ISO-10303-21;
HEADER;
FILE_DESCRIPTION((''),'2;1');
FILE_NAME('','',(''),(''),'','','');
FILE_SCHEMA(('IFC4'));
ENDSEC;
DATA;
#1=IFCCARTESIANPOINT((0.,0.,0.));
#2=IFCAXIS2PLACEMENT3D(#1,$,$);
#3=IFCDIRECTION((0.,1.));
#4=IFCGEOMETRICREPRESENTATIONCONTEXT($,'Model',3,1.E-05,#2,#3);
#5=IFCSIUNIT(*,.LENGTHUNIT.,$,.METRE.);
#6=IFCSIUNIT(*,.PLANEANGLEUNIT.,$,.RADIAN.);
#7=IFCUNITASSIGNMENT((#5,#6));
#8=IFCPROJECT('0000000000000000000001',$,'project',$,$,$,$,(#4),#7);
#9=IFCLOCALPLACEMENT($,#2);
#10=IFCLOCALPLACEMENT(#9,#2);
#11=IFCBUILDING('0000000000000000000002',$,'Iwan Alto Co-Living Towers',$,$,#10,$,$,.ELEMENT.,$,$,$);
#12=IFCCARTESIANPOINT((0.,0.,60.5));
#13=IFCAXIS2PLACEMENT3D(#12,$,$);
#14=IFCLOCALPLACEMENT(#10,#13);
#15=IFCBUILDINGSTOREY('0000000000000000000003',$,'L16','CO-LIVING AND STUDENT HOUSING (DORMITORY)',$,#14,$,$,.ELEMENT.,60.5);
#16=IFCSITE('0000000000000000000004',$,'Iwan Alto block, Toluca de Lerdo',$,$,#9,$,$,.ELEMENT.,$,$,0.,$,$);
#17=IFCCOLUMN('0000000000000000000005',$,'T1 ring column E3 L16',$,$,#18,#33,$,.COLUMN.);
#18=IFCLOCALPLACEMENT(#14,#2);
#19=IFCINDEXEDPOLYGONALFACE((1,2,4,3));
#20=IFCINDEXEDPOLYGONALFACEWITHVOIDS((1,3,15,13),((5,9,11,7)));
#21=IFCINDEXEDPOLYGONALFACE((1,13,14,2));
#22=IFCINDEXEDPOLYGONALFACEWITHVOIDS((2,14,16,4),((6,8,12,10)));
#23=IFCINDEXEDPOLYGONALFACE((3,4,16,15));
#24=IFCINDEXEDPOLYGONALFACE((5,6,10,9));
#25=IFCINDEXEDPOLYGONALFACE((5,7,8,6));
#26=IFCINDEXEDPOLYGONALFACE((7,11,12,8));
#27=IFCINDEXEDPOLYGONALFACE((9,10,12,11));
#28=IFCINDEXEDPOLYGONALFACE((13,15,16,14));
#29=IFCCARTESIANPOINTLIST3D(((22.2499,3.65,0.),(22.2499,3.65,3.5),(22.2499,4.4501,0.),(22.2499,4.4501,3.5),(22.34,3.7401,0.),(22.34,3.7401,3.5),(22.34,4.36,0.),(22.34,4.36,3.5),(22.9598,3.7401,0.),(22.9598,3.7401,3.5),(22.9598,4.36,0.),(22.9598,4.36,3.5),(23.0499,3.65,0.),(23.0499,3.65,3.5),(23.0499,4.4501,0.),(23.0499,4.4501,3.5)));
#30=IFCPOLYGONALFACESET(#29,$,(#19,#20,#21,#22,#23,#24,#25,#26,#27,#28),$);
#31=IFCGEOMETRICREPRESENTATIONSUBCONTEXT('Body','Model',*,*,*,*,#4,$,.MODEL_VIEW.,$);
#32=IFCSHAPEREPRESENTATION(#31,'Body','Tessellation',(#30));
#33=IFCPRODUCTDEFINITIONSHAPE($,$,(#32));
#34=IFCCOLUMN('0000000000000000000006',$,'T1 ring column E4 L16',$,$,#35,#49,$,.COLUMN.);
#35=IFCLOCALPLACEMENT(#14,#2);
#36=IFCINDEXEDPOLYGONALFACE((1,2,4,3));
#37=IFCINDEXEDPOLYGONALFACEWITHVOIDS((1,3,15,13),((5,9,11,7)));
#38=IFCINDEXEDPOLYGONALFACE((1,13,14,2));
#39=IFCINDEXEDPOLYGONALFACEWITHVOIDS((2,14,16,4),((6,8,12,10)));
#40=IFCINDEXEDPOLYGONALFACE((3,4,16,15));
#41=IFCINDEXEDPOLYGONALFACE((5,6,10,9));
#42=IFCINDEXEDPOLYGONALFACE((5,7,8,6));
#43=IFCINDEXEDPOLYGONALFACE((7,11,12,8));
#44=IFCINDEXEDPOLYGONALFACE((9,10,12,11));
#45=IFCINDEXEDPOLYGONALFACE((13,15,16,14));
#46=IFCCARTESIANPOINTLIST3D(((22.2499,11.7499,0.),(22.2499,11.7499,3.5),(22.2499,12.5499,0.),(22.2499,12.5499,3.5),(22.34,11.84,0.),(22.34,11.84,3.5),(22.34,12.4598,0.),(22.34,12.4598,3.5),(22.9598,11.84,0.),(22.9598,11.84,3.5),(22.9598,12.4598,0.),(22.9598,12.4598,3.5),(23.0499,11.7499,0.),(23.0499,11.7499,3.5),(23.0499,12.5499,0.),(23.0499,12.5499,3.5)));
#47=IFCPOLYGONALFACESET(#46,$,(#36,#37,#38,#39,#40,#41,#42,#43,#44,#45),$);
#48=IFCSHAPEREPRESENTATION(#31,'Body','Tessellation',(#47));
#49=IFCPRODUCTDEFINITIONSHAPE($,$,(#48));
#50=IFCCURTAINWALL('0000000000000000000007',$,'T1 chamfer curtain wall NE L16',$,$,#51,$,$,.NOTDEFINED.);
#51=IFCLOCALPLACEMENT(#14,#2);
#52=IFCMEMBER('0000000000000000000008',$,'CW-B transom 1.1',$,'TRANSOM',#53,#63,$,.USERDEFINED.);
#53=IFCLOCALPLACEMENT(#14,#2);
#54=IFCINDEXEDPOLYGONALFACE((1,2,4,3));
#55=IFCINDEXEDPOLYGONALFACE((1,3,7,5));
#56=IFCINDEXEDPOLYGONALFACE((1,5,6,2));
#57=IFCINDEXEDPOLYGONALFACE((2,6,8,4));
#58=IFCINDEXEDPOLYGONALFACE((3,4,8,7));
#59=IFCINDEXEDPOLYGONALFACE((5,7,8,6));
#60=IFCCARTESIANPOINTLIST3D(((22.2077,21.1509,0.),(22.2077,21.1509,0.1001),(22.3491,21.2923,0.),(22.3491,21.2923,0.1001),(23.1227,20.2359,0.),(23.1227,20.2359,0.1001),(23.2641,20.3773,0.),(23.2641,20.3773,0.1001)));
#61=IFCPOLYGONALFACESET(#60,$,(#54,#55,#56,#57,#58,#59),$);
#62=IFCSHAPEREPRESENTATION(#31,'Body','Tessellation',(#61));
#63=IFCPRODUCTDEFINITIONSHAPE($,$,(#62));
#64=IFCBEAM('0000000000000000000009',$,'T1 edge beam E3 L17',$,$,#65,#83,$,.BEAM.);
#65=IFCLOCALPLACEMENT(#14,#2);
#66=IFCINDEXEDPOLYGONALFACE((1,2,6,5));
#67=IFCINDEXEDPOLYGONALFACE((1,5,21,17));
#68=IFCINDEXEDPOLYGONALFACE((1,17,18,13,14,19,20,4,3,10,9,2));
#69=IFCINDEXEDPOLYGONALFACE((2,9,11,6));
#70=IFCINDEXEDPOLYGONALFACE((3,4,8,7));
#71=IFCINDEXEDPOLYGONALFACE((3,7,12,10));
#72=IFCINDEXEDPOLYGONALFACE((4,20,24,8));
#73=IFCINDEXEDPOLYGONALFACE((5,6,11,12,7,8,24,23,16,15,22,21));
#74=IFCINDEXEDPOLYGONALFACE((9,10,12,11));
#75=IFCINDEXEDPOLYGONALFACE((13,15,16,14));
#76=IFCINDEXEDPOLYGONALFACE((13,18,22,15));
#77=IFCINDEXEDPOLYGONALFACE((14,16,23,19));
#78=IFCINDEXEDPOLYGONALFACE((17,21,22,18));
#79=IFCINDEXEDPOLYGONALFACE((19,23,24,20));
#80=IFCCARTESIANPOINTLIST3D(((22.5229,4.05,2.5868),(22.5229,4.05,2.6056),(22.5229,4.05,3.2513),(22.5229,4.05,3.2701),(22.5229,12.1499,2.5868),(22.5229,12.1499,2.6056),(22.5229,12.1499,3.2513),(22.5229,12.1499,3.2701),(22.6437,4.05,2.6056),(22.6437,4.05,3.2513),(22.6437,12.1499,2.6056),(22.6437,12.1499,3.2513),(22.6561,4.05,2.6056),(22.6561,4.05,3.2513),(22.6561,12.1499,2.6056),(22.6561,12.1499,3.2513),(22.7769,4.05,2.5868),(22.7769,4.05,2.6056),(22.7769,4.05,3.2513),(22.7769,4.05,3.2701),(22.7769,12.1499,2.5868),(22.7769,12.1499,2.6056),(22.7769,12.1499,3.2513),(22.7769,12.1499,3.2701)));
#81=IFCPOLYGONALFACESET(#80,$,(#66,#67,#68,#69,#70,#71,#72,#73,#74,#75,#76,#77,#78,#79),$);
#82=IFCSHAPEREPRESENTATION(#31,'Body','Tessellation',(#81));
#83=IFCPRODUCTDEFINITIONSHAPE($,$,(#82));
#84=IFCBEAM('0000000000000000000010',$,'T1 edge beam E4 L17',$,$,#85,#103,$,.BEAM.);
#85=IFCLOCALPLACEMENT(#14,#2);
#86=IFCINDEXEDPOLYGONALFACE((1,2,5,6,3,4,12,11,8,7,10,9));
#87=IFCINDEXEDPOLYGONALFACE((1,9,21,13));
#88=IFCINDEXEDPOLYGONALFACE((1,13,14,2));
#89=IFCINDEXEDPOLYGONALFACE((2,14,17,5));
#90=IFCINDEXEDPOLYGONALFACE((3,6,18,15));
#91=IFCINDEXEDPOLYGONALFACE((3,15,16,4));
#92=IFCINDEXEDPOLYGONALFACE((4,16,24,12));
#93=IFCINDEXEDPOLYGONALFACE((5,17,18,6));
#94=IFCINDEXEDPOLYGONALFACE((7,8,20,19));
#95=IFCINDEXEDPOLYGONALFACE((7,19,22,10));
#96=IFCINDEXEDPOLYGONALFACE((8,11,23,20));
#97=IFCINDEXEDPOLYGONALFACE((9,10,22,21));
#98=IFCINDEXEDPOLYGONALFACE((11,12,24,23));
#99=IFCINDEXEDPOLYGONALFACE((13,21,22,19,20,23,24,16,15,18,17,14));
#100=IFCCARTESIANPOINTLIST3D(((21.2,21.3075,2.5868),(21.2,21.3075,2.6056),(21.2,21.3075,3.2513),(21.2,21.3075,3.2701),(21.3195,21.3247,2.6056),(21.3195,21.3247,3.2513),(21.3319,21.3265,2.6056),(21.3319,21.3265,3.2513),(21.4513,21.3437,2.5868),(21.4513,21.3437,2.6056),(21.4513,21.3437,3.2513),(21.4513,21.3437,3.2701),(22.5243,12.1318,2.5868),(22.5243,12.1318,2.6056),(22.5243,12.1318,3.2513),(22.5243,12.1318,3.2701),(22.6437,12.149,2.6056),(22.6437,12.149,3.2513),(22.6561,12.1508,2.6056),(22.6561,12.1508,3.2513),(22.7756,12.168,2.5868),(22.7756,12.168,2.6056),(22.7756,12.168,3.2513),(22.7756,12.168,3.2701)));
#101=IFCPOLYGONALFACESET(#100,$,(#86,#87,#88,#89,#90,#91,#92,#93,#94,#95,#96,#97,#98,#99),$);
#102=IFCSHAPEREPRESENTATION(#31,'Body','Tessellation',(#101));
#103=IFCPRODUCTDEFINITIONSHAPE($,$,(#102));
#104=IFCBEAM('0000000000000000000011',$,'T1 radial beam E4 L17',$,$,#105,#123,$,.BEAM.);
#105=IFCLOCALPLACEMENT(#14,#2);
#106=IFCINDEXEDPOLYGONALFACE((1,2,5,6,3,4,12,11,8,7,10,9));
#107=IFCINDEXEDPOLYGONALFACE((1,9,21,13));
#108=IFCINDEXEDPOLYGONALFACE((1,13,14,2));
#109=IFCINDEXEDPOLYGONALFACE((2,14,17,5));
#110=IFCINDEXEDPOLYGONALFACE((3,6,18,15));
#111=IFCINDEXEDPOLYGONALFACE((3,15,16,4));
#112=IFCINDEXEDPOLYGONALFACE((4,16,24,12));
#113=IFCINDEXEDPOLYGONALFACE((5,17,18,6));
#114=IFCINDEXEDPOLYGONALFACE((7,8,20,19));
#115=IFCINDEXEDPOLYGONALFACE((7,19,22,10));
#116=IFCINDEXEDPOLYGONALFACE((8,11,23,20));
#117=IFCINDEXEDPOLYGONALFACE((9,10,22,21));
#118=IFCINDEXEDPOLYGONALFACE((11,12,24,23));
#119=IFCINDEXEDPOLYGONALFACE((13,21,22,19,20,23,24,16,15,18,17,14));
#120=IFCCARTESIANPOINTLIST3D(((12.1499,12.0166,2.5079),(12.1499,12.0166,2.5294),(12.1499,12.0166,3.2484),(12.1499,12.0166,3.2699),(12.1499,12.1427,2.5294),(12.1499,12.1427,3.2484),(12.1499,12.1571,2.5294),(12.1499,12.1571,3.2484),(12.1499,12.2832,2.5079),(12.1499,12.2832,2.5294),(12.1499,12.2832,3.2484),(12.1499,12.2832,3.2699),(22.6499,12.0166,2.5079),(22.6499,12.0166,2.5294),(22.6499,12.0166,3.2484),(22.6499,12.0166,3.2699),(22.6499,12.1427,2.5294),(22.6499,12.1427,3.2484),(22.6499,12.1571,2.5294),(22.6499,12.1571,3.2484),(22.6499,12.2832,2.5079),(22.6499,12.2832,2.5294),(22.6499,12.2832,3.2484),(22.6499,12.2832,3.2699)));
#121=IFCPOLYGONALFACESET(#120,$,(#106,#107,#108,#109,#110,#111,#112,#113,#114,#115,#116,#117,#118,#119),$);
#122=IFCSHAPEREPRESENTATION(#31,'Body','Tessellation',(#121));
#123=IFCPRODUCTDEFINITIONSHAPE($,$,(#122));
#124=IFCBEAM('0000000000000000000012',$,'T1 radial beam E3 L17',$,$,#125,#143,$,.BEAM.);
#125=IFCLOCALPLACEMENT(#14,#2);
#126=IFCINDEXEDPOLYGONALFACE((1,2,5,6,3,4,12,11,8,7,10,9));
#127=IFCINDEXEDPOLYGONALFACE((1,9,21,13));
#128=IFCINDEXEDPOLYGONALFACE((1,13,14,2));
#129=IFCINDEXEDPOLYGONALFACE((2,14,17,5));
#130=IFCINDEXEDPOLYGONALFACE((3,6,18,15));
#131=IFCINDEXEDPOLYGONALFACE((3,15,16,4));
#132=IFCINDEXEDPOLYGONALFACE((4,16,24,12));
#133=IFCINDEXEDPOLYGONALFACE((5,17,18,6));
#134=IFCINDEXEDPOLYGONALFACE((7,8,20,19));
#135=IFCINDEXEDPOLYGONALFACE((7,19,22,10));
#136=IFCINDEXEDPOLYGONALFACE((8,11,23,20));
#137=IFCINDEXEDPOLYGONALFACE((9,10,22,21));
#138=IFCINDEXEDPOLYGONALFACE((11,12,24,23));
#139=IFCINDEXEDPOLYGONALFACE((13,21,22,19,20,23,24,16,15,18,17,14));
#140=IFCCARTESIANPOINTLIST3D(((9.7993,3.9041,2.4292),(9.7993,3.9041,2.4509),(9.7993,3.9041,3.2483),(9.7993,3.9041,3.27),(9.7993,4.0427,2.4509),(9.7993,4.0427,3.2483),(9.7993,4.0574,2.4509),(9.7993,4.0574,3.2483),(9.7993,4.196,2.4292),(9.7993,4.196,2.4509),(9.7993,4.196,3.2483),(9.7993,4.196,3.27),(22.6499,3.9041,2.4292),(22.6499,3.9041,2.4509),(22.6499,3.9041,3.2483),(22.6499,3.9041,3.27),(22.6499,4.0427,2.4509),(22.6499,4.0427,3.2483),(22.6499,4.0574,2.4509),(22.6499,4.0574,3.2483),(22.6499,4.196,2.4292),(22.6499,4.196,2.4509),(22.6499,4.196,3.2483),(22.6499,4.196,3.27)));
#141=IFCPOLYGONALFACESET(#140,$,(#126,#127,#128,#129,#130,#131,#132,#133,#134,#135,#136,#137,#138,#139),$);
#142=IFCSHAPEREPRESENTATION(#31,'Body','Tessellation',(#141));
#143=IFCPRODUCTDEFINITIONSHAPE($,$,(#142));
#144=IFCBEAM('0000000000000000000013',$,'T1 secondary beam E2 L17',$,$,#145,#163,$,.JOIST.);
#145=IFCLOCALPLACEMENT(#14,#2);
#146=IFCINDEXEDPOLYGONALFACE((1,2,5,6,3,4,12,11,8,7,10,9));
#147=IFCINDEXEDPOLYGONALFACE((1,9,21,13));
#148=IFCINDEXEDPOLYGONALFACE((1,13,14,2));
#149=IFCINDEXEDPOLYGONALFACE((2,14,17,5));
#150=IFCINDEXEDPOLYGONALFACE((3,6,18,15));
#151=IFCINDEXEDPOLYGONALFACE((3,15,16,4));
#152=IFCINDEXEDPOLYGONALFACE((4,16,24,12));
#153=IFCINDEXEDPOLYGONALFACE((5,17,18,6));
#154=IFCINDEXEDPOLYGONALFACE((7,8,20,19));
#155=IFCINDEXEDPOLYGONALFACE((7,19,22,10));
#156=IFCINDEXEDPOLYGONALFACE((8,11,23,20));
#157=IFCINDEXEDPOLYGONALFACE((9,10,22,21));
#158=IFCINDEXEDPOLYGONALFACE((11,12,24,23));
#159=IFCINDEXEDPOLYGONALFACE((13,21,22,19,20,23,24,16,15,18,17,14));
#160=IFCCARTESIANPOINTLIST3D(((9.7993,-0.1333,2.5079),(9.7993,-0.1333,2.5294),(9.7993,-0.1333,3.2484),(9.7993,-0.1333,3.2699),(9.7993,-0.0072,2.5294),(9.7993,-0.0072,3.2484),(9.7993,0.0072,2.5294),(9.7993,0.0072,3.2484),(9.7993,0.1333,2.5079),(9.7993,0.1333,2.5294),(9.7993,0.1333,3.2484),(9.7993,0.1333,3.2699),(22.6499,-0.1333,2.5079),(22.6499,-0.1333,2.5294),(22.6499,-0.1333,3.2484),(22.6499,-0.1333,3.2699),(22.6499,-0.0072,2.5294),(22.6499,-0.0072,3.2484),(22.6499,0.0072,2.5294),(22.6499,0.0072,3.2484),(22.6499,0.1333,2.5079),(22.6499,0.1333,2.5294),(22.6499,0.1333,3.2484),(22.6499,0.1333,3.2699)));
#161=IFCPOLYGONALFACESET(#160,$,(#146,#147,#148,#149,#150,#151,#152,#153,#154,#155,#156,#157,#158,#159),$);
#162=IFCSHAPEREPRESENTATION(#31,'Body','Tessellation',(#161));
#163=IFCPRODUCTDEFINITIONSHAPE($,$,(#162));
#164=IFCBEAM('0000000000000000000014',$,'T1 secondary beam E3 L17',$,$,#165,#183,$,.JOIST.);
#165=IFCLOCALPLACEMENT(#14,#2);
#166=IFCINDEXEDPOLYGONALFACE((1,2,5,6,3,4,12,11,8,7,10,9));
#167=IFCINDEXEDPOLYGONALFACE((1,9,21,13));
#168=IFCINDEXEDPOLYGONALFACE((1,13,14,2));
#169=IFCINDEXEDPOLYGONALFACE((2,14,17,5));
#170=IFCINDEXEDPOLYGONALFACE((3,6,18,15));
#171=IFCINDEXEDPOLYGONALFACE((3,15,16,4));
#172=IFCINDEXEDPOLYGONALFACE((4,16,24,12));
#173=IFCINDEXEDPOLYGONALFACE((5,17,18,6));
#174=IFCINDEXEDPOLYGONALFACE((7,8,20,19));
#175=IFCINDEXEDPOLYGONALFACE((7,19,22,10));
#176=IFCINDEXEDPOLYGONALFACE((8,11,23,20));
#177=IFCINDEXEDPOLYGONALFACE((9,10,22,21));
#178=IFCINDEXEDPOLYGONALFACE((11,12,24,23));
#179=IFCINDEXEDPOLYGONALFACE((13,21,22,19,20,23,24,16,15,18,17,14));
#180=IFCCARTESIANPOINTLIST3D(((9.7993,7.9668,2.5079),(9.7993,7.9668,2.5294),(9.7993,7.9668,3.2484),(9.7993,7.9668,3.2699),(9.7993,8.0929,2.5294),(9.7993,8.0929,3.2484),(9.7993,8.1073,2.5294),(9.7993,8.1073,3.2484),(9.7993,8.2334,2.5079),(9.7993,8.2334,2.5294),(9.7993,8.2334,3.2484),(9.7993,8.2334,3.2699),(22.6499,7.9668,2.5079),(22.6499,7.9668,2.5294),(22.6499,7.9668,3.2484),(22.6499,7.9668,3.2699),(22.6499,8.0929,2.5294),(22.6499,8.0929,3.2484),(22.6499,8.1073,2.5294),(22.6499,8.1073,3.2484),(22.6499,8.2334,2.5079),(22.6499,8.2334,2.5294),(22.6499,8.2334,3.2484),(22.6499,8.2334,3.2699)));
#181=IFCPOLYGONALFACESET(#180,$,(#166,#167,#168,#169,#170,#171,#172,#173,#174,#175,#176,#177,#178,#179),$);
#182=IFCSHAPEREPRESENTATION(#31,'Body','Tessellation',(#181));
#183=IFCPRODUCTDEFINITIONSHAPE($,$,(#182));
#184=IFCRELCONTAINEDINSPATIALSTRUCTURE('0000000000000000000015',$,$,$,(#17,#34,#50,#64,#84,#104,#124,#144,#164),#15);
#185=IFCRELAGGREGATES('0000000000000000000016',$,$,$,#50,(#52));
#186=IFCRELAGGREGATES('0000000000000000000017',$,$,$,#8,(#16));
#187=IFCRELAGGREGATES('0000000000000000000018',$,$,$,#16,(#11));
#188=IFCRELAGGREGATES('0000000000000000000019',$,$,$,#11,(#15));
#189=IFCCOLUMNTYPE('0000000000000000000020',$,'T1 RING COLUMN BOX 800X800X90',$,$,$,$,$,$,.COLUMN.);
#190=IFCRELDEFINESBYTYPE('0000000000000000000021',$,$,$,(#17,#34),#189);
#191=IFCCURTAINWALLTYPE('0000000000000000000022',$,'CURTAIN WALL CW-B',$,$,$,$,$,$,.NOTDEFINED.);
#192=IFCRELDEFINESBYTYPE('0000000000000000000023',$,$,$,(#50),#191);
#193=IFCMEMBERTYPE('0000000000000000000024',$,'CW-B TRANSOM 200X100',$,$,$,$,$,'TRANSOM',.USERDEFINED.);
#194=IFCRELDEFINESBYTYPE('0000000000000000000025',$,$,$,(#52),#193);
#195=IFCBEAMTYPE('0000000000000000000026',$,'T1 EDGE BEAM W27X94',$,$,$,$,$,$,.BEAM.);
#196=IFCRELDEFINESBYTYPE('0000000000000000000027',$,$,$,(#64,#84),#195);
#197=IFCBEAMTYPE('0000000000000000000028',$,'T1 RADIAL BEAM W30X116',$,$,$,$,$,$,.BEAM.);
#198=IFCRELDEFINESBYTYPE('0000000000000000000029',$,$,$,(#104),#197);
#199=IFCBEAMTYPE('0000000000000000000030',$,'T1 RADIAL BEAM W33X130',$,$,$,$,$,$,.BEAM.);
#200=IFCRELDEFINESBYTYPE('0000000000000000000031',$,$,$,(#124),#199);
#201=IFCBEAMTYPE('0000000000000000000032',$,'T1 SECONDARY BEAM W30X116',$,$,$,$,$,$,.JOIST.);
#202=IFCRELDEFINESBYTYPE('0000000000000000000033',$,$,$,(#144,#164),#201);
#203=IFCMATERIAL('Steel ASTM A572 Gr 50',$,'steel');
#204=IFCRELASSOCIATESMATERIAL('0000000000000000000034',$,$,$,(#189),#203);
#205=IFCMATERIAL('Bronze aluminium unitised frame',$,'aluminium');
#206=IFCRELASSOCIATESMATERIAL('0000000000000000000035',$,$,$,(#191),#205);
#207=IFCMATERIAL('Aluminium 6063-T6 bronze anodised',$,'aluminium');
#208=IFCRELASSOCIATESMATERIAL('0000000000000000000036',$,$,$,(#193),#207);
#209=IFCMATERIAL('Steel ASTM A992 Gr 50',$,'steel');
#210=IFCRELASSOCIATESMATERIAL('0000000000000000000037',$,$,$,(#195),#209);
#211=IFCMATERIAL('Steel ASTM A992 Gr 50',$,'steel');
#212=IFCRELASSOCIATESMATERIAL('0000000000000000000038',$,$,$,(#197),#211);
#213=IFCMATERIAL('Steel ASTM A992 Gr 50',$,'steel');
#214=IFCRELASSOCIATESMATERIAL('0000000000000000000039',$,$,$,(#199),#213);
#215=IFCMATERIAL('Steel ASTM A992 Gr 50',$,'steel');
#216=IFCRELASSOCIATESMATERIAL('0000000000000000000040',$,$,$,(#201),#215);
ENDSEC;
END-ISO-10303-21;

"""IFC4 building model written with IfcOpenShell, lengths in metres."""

from ifc_helpers import new_model, si_unit, direction, frame, origin, origin_2d, place, context, subcontext, project, spatial, rectangle, hollow_rectangle, i_section, extrude, material, material_profile, profile_set, type_object, element, aggregate, save


model = new_model("IFC4")

# Units and contexts
model_context = context("Model", 3, precision=1e-05, world=origin(), true_north=direction((0.0, 1.0)))
body_context = subcontext(model_context, "Body", "Model", "MODEL_VIEW")
ifc_project = project(units=[si_unit("LENGTHUNIT", "METRE"), si_unit("PLANEANGLEUNIT", "RADIAN")], contexts=[model_context])

# Site, building, storey
site_placement = place(None, origin())
site = spatial("IfcSite", under=ifc_project, at=site_placement, Name="Iwan Alto block, Toluca de Lerdo", CompositionType="ELEMENT", RefElevation=0.0)
building_placement = place(site_placement, origin())
building = spatial("IfcBuilding", under=site, at=building_placement, Name="Iwan Alto Co-Living Towers", CompositionType="ELEMENT")
storey_placement = place(building_placement, frame((0.0, 0.0, 60.5)))
storey = spatial("IfcBuildingStorey", under=building, at=storey_placement, Name="L16", Description="CO-LIVING AND STUDENT HOUSING (DORMITORY)", CompositionType="ELEMENT", Elevation=60.5)

# Columns
ifc_material_1 = material(Name="Steel ASTM A572 Gr 50", Category="steel")
ifc_material_profile_1 = material_profile(ifc_material_1, hollow_rectangle(XDim=0.8, YDim=0.8, WallThickness=0.0901, at=origin_2d()), Name="BOX 800X800X90")
ifc_profile_set_1 = profile_set([ifc_material_profile_1], Name="Steel ASTM A572 Gr 50")
column_type = type_object("IfcColumnType", Name="T1 RING COLUMN BOX 800X800X90", PredefinedType="COLUMN", material=ifc_profile_set_1)
for number, where, z_axis, x_axis, name in (
    (1, (22.6499, 4.05, 0.0), (0.0, 0.0, 1.0), (1.0, 0.0, 0.0), "T1 ring column E3 L16"),
    (2, (22.6499, 12.1499, 0.0), (0.0, 0.0, 1.0), (1.0, 0.0, 0.0), "T1 ring column E4 L16"),
):
    element("IfcColumn", number, at=place(storey_placement, frame(where, z_axis=z_axis, x_axis=x_axis)), inside=storey, type_object=column_type, Name=name, PredefinedType="COLUMN", context=body_context, shape_type="SweptSolid", body=[
        extrude(hollow_rectangle(XDim=0.8, YDim=0.8, WallThickness=0.0901, at=origin_2d()), origin(), (0.0, 0.0, 1.0), 3.5),
    ])

# Curtain wall, member
ifc_material_2 = material(Name="Bronze aluminium unitised frame", Category="aluminium")
curtain_wall_type = type_object("IfcCurtainWallType", Name="CURTAIN WALL CW-B", PredefinedType="NOTDEFINED", material=ifc_material_2)
curtain_wall_placement = place(storey_placement, origin())
curtain_wall = element("IfcCurtainWall", 3, at=curtain_wall_placement, inside=storey, type_object=curtain_wall_type, Name="T1 chamfer curtain wall NE L16", PredefinedType="NOTDEFINED")
ifc_material_3 = material(Name="Aluminium 6063-T6 bronze anodised", Category="aluminium")
ifc_material_profile_2 = material_profile(ifc_material_3, rectangle(XDim=0.2, YDim=0.1001, at=origin_2d()), Name="AL 200X100")
ifc_profile_set_2 = profile_set([ifc_material_profile_2], Name="Aluminium 6063-T6 bronze anodised")
member_type = type_object("IfcMemberType", Name="CW-B TRANSOM 200X100", ElementType="TRANSOM", PredefinedType="USERDEFINED", material=ifc_profile_set_2)
member_placement = place(storey_placement, frame((23.1934, 20.3066, 0.05), z_axis=(-0.707107, 0.707107, 0.0), x_axis=(-0.707107, -0.707107, 0.0)))
member = element("IfcMember", 4, at=member_placement, type_object=member_type, Name="CW-B transom 1.1", ObjectType="TRANSOM", PredefinedType="USERDEFINED", context=body_context, shape_type="SweptSolid", body=[
    extrude(rectangle(XDim=0.2, YDim=0.1001, at=origin_2d()), origin(), (0.0, 0.0, 1.0), 1.2939),
])

# Beams
ifc_material_4 = material(Name="Steel ASTM A992 Gr 50", Category="steel")
ifc_material_profile_3 = material_profile(ifc_material_4, i_section(OverallWidth=0.2539, OverallDepth=0.6833, WebThickness=0.0125, FlangeThickness=0.0188, at=origin_2d()), Name="W27X94")
ifc_profile_set_3 = profile_set([ifc_material_profile_3], Name="Steel ASTM A992 Gr 50")
beam_type_1 = type_object("IfcBeamType", Name="T1 EDGE BEAM W27X94", PredefinedType="BEAM", material=ifc_profile_set_3)
beam_1_placement = place(storey_placement, frame((22.6499, 4.05, 2.9285), z_axis=(0.0, 1.0, 0.0), x_axis=(-1.0, 0.0, 0.0)))
element("IfcBeam", 5, at=beam_1_placement, inside=storey, type_object=beam_type_1, Name="T1 edge beam E3 L17", PredefinedType="BEAM", context=body_context, shape_type="SweptSolid", body=[
    extrude(i_section(OverallWidth=0.2539, OverallDepth=0.6833, WebThickness=0.0125, FlangeThickness=0.0188, at=origin_2d()), origin(), (0.0, 0.0, 1.0), 8.0999),
])
beam_2_placement = place(storey_placement, frame((22.6499, 12.1499, 2.9285), z_axis=(-0.142837, 0.989746, 0.0), x_axis=(-0.989746, -0.142837, 0.0)))
element("IfcBeam", 6, at=beam_2_placement, inside=storey, type_object=beam_type_1, Name="T1 edge beam E4 L17", PredefinedType="BEAM", context=body_context, shape_type="SweptSolid", body=[
    extrude(i_section(OverallWidth=0.2539, OverallDepth=0.6833, WebThickness=0.0125, FlangeThickness=0.0188, at=origin_2d()), origin(), (0.0, 0.0, 1.0), 9.2708),
])
ifc_material_5 = material(Name="Steel ASTM A992 Gr 50", Category="steel")
ifc_material_profile_4 = material_profile(ifc_material_5, i_section(OverallWidth=0.2666, OverallDepth=0.762, WebThickness=0.0144, FlangeThickness=0.0215, at=origin_2d()), Name="W30X116")
ifc_profile_set_4 = profile_set([ifc_material_profile_4], Name="Steel ASTM A992 Gr 50")
beam_type_2 = type_object("IfcBeamType", Name="T1 RADIAL BEAM W30X116", PredefinedType="BEAM", material=ifc_profile_set_4)
beam_3_placement = place(storey_placement, frame((22.6499, 12.1499, 2.8889), z_axis=(-1.0, 0.0, 0.0), x_axis=(0.0, -1.0, 0.0)))
element("IfcBeam", 7, at=beam_3_placement, inside=storey, type_object=beam_type_2, Name="T1 radial beam E4 L17", PredefinedType="BEAM", context=body_context, shape_type="SweptSolid", body=[
    extrude(i_section(OverallWidth=0.2666, OverallDepth=0.762, WebThickness=0.0144, FlangeThickness=0.0215, at=origin_2d()), origin(), (0.0, 0.0, 1.0), 10.5),
])
ifc_material_6 = material(Name="Steel ASTM A992 Gr 50", Category="steel")
ifc_material_profile_5 = material_profile(ifc_material_6, i_section(OverallWidth=0.292, OverallDepth=0.8408, WebThickness=0.0146, FlangeThickness=0.0217, at=origin_2d()), Name="W33X130")
ifc_profile_set_5 = profile_set([ifc_material_profile_5], Name="Steel ASTM A992 Gr 50")
beam_type_3 = type_object("IfcBeamType", Name="T1 RADIAL BEAM W33X130", PredefinedType="BEAM", material=ifc_profile_set_5)
beam_4_placement = place(storey_placement, frame((22.6499, 4.05, 2.8496), z_axis=(-1.0, 0.0, 0.0), x_axis=(0.0, -1.0, 0.0)))
element("IfcBeam", 8, at=beam_4_placement, inside=storey, type_object=beam_type_3, Name="T1 radial beam E3 L17", PredefinedType="BEAM", context=body_context, shape_type="SweptSolid", body=[
    extrude(i_section(OverallWidth=0.292, OverallDepth=0.8408, WebThickness=0.0146, FlangeThickness=0.0217, at=origin_2d()), origin(), (0.0, 0.0, 1.0), 12.8506),
])
ifc_material_7 = material(Name="Steel ASTM A992 Gr 50", Category="steel")
ifc_material_profile_6 = material_profile(ifc_material_7, i_section(OverallWidth=0.2666, OverallDepth=0.762, WebThickness=0.0144, FlangeThickness=0.0215, at=origin_2d()), Name="W30X116")
ifc_profile_set_6 = profile_set([ifc_material_profile_6], Name="Steel ASTM A992 Gr 50")
beam_type_4 = type_object("IfcBeamType", Name="T1 SECONDARY BEAM W30X116", PredefinedType="JOIST", material=ifc_profile_set_6)
for number, where, z_axis, x_axis, name in (
    (9, (22.6499, 0.0, 2.8889), (-1.0, 0.0, 0.0), (0.0, -1.0, 0.0), "T1 secondary beam E2 L17"),
    (10, (22.6499, 8.1001, 2.8889), (-1.0, 0.0, 0.0), (0.0, -1.0, 0.0), "T1 secondary beam E3 L17"),
):
    element("IfcBeam", number, at=place(storey_placement, frame(where, z_axis=z_axis, x_axis=x_axis)), inside=storey, type_object=beam_type_4, Name=name, PredefinedType="JOIST", context=body_context, shape_type="SweptSolid", body=[
        extrude(i_section(OverallWidth=0.2666, OverallDepth=0.762, WebThickness=0.0144, FlangeThickness=0.0215, at=origin_2d()), origin(), (0.0, 0.0, 1.0), 12.8506),
    ])

aggregate(curtain_wall, [member])

save(model, "model.ifc")
